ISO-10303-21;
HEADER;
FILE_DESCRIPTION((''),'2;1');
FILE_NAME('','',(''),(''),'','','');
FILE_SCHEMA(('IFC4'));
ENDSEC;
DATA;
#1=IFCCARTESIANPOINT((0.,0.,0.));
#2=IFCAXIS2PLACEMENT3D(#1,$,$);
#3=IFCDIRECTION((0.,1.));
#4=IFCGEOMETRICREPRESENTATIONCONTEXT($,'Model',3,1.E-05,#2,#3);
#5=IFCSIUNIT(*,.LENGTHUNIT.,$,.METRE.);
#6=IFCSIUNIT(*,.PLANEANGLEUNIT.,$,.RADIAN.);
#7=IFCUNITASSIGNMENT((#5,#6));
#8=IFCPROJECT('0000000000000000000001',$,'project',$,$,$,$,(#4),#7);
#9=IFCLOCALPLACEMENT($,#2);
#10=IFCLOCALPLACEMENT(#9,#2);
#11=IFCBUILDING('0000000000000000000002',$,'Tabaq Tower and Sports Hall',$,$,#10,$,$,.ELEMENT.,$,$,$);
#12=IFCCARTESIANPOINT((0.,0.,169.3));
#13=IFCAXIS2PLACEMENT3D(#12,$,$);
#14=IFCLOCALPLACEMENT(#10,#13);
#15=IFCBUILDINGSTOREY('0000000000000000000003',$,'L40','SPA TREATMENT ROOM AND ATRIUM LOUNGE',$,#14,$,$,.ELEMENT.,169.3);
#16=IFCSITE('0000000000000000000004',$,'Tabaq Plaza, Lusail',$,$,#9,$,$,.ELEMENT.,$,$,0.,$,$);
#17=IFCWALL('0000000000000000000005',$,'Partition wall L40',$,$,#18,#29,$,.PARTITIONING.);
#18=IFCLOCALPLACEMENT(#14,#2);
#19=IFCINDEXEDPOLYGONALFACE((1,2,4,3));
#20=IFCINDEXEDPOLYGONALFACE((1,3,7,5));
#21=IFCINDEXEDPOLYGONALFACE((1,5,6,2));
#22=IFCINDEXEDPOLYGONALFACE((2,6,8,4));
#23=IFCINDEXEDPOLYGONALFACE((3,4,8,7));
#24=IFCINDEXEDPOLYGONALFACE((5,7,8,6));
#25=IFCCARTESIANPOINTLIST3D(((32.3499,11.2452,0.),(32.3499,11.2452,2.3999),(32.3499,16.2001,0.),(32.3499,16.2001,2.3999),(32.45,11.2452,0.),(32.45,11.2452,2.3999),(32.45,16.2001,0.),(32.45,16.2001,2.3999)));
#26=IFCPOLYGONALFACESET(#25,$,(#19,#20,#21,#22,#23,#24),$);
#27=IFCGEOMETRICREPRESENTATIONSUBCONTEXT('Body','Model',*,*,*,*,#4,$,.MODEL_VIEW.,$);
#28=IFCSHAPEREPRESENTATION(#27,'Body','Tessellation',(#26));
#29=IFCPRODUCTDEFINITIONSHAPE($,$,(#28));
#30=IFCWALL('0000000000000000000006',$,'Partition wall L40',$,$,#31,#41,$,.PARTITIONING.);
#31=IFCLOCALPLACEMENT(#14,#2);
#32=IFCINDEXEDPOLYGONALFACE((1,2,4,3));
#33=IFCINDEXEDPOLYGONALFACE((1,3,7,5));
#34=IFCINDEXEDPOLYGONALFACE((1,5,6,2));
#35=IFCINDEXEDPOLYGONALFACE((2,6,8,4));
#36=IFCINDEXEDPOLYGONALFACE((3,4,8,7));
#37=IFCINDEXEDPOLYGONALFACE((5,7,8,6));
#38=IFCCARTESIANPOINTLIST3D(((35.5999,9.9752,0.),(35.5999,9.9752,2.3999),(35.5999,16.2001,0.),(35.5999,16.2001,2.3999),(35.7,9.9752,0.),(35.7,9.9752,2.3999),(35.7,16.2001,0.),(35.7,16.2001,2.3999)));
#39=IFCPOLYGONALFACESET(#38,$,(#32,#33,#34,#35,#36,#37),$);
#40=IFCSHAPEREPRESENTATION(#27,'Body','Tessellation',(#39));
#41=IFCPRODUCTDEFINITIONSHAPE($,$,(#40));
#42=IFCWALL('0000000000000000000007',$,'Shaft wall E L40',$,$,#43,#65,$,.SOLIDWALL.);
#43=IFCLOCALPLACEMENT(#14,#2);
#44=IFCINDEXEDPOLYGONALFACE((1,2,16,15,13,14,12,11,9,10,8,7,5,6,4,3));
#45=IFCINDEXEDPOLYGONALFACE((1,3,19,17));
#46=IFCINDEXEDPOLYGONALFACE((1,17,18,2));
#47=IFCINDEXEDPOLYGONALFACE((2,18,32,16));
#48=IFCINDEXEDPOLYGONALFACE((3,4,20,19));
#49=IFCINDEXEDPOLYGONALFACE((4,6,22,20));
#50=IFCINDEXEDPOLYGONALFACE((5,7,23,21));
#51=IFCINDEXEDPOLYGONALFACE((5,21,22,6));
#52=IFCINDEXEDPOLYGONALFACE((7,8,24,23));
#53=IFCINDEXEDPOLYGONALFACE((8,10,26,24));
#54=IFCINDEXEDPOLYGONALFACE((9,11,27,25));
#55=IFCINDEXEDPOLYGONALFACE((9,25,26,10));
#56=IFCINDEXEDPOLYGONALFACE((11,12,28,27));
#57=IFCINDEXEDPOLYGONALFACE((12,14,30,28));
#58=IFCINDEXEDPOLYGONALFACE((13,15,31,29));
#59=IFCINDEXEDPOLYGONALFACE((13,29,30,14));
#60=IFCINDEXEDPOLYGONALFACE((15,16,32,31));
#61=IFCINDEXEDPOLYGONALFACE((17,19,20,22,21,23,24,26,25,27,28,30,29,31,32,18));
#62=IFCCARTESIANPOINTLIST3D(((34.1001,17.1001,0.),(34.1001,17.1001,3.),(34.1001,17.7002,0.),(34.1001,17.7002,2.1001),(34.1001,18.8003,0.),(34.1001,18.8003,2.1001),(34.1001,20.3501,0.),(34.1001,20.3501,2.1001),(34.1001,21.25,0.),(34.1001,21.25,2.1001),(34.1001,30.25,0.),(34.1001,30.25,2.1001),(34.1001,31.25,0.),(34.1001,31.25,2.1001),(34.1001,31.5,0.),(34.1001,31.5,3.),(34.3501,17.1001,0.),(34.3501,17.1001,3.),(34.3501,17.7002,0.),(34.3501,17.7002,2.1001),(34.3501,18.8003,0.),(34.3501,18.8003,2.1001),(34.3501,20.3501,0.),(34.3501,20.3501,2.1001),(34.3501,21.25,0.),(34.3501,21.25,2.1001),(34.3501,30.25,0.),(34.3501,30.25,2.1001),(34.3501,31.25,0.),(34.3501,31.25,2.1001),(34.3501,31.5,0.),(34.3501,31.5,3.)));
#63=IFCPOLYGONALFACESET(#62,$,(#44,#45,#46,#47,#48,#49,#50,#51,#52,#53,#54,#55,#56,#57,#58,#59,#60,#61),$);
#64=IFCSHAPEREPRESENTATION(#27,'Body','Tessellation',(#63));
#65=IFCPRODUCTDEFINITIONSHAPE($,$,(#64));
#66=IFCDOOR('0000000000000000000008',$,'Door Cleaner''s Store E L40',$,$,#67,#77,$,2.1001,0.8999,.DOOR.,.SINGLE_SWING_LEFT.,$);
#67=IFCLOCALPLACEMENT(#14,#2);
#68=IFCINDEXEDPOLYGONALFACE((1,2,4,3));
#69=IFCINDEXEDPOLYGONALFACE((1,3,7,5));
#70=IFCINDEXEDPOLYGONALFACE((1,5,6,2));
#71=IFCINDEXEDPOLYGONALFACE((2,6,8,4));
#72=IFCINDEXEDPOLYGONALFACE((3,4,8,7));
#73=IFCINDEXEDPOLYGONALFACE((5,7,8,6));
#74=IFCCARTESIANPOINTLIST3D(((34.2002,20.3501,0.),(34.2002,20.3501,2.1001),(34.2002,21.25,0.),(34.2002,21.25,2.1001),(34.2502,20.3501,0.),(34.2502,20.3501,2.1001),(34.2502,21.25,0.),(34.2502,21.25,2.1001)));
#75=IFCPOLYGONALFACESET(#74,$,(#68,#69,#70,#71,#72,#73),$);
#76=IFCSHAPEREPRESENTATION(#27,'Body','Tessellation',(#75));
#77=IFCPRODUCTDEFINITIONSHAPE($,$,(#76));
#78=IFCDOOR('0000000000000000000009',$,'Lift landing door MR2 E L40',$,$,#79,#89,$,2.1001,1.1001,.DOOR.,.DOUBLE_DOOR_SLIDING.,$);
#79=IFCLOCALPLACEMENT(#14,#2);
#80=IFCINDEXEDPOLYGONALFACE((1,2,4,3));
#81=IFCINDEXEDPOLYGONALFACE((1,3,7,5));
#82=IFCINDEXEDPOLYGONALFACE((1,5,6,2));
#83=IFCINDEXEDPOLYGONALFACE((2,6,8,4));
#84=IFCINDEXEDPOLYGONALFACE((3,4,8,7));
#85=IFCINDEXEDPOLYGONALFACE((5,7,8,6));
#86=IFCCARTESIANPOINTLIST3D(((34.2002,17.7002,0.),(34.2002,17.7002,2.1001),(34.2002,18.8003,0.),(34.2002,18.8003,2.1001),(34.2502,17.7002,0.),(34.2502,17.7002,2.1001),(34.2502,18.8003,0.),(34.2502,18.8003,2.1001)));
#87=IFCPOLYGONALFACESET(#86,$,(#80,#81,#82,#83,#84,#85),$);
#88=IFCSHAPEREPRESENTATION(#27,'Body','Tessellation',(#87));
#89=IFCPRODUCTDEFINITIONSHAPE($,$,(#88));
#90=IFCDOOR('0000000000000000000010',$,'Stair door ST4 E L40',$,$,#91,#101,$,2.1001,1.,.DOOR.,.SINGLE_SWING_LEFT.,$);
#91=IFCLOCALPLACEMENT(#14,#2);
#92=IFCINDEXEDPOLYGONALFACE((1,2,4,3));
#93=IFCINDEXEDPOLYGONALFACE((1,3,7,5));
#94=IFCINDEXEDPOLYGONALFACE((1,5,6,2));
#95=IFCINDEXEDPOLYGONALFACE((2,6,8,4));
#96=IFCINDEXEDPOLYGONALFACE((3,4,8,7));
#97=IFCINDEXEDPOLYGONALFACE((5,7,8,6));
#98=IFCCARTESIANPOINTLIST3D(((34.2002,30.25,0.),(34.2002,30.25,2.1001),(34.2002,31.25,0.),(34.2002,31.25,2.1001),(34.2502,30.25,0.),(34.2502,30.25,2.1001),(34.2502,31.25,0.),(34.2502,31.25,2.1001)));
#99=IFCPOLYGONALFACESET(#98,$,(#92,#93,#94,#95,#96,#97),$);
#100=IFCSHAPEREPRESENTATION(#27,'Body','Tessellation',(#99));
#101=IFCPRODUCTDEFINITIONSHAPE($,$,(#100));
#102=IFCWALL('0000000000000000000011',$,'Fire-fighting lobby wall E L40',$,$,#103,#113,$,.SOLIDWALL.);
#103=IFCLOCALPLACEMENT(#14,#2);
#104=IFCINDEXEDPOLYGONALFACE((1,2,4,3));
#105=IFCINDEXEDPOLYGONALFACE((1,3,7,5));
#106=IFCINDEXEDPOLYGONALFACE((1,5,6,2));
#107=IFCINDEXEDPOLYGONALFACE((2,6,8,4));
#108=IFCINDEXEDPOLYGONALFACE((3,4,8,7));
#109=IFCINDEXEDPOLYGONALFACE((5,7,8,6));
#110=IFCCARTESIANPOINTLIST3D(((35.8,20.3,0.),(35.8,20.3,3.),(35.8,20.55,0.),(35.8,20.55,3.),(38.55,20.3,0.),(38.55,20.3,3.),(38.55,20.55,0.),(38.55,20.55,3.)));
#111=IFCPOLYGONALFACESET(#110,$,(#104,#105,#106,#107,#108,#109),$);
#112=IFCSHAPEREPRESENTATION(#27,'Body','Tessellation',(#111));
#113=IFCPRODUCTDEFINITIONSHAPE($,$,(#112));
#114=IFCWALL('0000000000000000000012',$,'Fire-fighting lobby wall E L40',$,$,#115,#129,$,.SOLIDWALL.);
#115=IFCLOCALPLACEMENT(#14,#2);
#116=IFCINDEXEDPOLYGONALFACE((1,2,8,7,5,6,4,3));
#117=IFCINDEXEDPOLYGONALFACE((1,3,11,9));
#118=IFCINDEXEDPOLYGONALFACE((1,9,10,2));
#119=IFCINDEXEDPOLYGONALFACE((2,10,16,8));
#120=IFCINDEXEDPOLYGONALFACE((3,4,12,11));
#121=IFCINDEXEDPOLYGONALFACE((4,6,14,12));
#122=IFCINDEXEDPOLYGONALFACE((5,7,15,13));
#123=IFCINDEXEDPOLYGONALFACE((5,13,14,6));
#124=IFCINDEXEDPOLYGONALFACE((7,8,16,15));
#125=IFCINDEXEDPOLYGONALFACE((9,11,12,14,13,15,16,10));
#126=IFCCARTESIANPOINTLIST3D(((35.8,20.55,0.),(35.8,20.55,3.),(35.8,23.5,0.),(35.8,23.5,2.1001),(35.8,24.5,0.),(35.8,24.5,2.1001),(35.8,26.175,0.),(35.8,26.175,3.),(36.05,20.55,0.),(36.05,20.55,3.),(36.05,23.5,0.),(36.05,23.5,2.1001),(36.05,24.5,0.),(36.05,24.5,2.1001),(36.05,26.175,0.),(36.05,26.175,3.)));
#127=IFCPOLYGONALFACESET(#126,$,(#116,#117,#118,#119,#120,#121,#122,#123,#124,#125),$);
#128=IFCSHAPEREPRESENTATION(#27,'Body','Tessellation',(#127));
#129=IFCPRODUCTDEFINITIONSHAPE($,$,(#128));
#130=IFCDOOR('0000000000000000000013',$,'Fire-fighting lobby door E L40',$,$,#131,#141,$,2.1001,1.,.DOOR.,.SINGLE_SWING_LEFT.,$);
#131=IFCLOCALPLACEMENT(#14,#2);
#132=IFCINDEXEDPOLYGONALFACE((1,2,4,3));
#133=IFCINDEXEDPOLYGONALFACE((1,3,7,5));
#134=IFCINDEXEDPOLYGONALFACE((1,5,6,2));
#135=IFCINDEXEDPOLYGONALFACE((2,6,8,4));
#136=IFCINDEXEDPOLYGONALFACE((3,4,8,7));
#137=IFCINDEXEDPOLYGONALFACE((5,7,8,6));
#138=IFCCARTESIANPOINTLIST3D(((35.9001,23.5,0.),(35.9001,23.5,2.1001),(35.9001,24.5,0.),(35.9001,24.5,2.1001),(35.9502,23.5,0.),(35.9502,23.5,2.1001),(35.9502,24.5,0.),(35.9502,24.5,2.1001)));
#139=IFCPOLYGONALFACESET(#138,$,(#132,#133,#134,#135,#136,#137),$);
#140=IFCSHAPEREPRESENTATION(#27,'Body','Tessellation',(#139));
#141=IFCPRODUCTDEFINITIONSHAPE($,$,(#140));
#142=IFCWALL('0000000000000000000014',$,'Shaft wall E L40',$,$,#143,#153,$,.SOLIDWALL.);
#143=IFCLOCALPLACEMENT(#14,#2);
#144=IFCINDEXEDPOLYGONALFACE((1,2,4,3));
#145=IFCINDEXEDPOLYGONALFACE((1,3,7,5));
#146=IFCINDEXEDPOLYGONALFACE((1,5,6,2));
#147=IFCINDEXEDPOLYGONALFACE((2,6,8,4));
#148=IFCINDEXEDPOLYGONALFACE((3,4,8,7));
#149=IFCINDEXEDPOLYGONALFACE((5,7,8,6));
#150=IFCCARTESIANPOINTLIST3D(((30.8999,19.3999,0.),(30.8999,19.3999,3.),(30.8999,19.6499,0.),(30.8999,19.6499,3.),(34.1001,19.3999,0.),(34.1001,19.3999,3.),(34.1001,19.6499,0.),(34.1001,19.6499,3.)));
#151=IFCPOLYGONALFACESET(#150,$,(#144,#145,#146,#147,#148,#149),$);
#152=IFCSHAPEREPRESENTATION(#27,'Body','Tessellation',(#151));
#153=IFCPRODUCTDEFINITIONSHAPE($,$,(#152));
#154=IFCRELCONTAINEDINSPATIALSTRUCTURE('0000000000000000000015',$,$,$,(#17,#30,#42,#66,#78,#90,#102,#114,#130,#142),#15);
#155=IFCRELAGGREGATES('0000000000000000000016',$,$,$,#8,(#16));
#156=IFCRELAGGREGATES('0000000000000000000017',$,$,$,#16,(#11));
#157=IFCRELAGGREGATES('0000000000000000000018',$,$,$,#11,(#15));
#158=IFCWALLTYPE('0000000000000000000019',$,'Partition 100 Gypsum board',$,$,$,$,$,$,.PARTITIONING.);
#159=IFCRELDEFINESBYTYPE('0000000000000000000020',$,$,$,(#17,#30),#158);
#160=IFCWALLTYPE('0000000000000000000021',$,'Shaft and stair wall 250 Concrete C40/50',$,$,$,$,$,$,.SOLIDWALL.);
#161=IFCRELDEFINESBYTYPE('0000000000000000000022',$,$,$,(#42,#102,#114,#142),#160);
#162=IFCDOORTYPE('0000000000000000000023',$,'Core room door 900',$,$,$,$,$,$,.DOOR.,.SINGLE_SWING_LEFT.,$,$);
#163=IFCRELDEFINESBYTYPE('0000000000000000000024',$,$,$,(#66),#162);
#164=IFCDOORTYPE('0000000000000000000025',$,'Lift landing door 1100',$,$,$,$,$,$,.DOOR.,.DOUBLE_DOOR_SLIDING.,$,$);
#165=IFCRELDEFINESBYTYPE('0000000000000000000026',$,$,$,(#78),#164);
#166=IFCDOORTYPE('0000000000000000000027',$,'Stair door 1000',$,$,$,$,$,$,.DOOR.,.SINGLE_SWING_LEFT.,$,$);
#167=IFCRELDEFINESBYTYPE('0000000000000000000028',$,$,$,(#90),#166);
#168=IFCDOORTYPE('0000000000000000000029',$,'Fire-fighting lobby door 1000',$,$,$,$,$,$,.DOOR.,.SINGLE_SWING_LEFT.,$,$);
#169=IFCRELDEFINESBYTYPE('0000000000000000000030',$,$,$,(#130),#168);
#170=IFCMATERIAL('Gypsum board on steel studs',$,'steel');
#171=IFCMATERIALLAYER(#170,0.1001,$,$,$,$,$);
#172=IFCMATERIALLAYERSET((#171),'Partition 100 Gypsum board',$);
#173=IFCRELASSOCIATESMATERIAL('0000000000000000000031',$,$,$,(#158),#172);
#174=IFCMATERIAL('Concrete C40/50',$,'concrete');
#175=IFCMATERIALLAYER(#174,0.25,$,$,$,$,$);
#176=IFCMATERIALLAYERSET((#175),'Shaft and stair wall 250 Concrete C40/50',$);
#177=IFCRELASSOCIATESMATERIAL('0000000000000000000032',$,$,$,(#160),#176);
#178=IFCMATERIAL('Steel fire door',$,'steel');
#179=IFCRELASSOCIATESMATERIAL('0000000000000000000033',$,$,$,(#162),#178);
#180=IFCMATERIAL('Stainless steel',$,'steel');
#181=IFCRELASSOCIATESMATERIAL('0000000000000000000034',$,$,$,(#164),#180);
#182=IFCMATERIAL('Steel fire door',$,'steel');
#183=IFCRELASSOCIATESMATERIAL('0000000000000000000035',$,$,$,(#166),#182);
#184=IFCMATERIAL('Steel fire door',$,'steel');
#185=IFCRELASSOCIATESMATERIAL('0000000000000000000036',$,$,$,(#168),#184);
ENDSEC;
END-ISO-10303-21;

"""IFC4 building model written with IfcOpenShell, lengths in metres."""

from ifc_helpers import new_model, si_unit, direction, frame, frame_2d, origin, place, context, subcontext, project, spatial, rectangle, extrude, material, layer, layer_set, type_object, element, fill, save


model = new_model("IFC4")

# Units and contexts
model_context = context("Model", 3, precision=1e-05, world=origin(), true_north=direction((0.0, 1.0)))
body_context = subcontext(model_context, "Body", "Model", "MODEL_VIEW")
ifc_project = project(units=[si_unit("LENGTHUNIT", "METRE"), si_unit("PLANEANGLEUNIT", "RADIAN")], contexts=[model_context])

# Site, building, storey
site_placement = place(None, origin())
site = spatial("IfcSite", under=ifc_project, at=site_placement, Name="Tabaq Plaza, Lusail", CompositionType="ELEMENT", RefElevation=0.0)
building_placement = place(site_placement, origin())
building = spatial("IfcBuilding", under=site, at=building_placement, Name="Tabaq Tower and Sports Hall", CompositionType="ELEMENT")
storey_placement = place(building_placement, frame((0.0, 0.0, 169.3)))
storey = spatial("IfcBuildingStorey", under=building, at=storey_placement, Name="L40", Description="SPA TREATMENT ROOM AND ATRIUM LOUNGE", CompositionType="ELEMENT", Elevation=169.3)

# Walls
ifc_material_1 = material(Name="Gypsum board on steel studs", Category="steel")
ifc_layer_1 = layer(ifc_material_1, 0.1001)
ifc_layer_set_1 = layer_set([ifc_layer_1], Name="Partition 100 Gypsum board")
wall_type_1 = type_object("IfcWallType", Name="Partition 100 Gypsum board", PredefinedType="PARTITIONING", material=ifc_layer_set_1)
wall_1_placement = place(storey_placement, frame((32.3999, 11.2451, 0.0), z_axis=(0.0, 0.0, 1.0), x_axis=(0.0, 1.0, 0.0)))
element("IfcWall", 1, at=wall_1_placement, inside=storey, type_object=wall_type_1, Name="Partition wall L40", PredefinedType="PARTITIONING", context=body_context, shape_type="SweptSolid", body=[
    extrude(rectangle(XDim=4.9548, YDim=0.1001, at=frame_2d((2.4775, 0.0))), origin(), (0.0, 0.0, 1.0), 2.3999),
])
wall_2_placement = place(storey_placement, frame((35.6499, 16.2, 0.0), z_axis=(0.0, 0.0, 1.0), x_axis=(0.0, -1.0, 0.0)))
element("IfcWall", 2, at=wall_2_placement, inside=storey, type_object=wall_type_1, Name="Partition wall L40", PredefinedType="PARTITIONING", context=body_context, shape_type="SweptSolid", body=[
    extrude(rectangle(XDim=6.2249, YDim=0.1001, at=frame_2d((3.1123, 0.0))), origin(), (0.0, 0.0, 1.0), 2.3999),
])

# Wall, openings, doors
ifc_material_2 = material(Name="Concrete C40/50", Category="concrete")
ifc_layer_2 = layer(ifc_material_2, 0.25)
ifc_layer_set_2 = layer_set([ifc_layer_2], Name="Shaft and stair wall 250 Concrete C40/50")
wall_type_2 = type_object("IfcWallType", Name="Shaft and stair wall 250 Concrete C40/50", PredefinedType="SOLIDWALL", material=ifc_layer_set_2)
wall_3_placement = place(storey_placement, frame((34.2251, 17.1001, 0.0), z_axis=(0.0, 0.0, 1.0), x_axis=(0.0, 1.0, 0.0)))
wall_3 = element("IfcWall", 3, at=wall_3_placement, inside=storey, type_object=wall_type_2, Name="Shaft wall E L40", PredefinedType="SOLIDWALL", context=body_context, shape_type="SweptSolid", body=[
    extrude(rectangle(XDim=14.3999, YDim=0.25, at=frame_2d((7.2, 0.0))), origin(), (0.0, 0.0, 1.0), 3.0),
])
opening_1_placement = place(wall_3_placement, frame((13.1499, 0.0, 0.0)))
opening_1 = element("IfcOpeningElement", 4, at=opening_1_placement, cuts=wall_3, PredefinedType="OPENING", context=body_context, shape_type="SweptSolid", body=[
    extrude(rectangle(XDim=1.0, YDim=2.1001, at=frame_2d((0.5, 1.05))), frame((0.0, 0.125, 0.0), z_axis=(0.0, -1.0, 0.0), x_axis=(1.0, 0.0, 0.0)), (0.0, 0.0, 1.0), 0.25),
])
opening_2_placement = place(wall_3_placement, frame((0.6001, 0.0, 0.0)))
opening_2 = element("IfcOpeningElement", 5, at=opening_2_placement, cuts=wall_3, PredefinedType="OPENING", context=body_context, shape_type="SweptSolid", body=[
    extrude(rectangle(XDim=1.1001, YDim=2.1001, at=frame_2d((0.55, 1.05))), frame((0.0, 0.125, 0.0), z_axis=(0.0, -1.0, 0.0), x_axis=(1.0, 0.0, 0.0)), (0.0, 0.0, 1.0), 0.25),
])
opening_3_placement = place(wall_3_placement, frame((3.25, 0.0, 0.0)))
opening_3 = element("IfcOpeningElement", 6, at=opening_3_placement, cuts=wall_3, PredefinedType="OPENING", context=body_context, shape_type="SweptSolid", body=[
    extrude(rectangle(XDim=0.8999, YDim=2.1001, at=frame_2d((0.45, 1.05))), frame((0.0, 0.125, 0.0), z_axis=(0.0, -1.0, 0.0), x_axis=(1.0, 0.0, 0.0)), (0.0, 0.0, 1.0), 0.25),
])
ifc_material_3 = material(Name="Steel fire door", Category="steel")
door_type_1 = type_object("IfcDoorType", Name="Core room door 900", OperationType="SINGLE_SWING_LEFT", PredefinedType="DOOR", material=ifc_material_3)
door_1_placement = place(opening_3_placement, origin())
door_1 = element("IfcDoor", 7, at=door_1_placement, inside=storey, type_object=door_type_1, Name="Door Cleaner's Store E L40", OperationType="SINGLE_SWING_LEFT", OverallHeight=2.1001, OverallWidth=0.8999, PredefinedType="DOOR", context=body_context, shape_type="SweptSolid", body=[
    extrude(rectangle(XDim=0.8999, YDim=2.1001, at=frame_2d((0.45, 1.05))), frame((0.0, 0.0249, 0.0), z_axis=(0.0, -1.0, 0.0), x_axis=(1.0, 0.0, 0.0)), (0.0, 0.0, 1.0), 0.05),
])
fill(opening_3, door_1)
ifc_material_4 = material(Name="Stainless steel", Category="steel")
door_type_2 = type_object("IfcDoorType", Name="Lift landing door 1100", OperationType="DOUBLE_DOOR_SLIDING", PredefinedType="DOOR", material=ifc_material_4)
door_2_placement = place(opening_2_placement, origin())
door_2 = element("IfcDoor", 8, at=door_2_placement, inside=storey, type_object=door_type_2, Name="Lift landing door MR2 E L40", OperationType="DOUBLE_DOOR_SLIDING", OverallHeight=2.1001, OverallWidth=1.1001, PredefinedType="DOOR", context=body_context, shape_type="SweptSolid", body=[
    extrude(rectangle(XDim=1.1001, YDim=2.1001, at=frame_2d((0.55, 1.05))), frame((0.0, 0.0249, 0.0), z_axis=(0.0, -1.0, 0.0), x_axis=(1.0, 0.0, 0.0)), (0.0, 0.0, 1.0), 0.05),
])
fill(opening_2, door_2)
ifc_material_5 = material(Name="Steel fire door", Category="steel")
door_type_3 = type_object("IfcDoorType", Name="Stair door 1000", OperationType="SINGLE_SWING_LEFT", PredefinedType="DOOR", material=ifc_material_5)
door_3_placement = place(opening_1_placement, origin())
door_3 = element("IfcDoor", 9, at=door_3_placement, inside=storey, type_object=door_type_3, Name="Stair door ST4 E L40", OperationType="SINGLE_SWING_LEFT", OverallHeight=2.1001, OverallWidth=1.0, PredefinedType="DOOR", context=body_context, shape_type="SweptSolid", body=[
    extrude(rectangle(XDim=1.0, YDim=2.1001, at=frame_2d((0.5, 1.05))), frame((0.0, 0.0249, 0.0), z_axis=(0.0, -1.0, 0.0), x_axis=(1.0, 0.0, 0.0)), (0.0, 0.0, 1.0), 0.05),
])
fill(opening_1, door_3)

# Wall
wall_4_placement = place(storey_placement, frame((35.8, 20.425, 0.0), z_axis=(0.0, 0.0, 1.0), x_axis=(1.0, 0.0, 0.0)))
element("IfcWall", 10, at=wall_4_placement, inside=storey, type_object=wall_type_2, Name="Fire-fighting lobby wall E L40", PredefinedType="SOLIDWALL", context=body_context, shape_type="SweptSolid", body=[
    extrude(rectangle(XDim=2.75, YDim=0.25, at=frame_2d((1.375, 0.0))), origin(), (0.0, 0.0, 1.0), 3.0),
])

# Wall, opening, door
wall_5_placement = place(storey_placement, frame((35.925, 20.55, 0.0), z_axis=(0.0, 0.0, 1.0), x_axis=(0.0, 1.0, 0.0)))
wall_5 = element("IfcWall", 11, at=wall_5_placement, inside=storey, type_object=wall_type_2, Name="Fire-fighting lobby wall E L40", PredefinedType="SOLIDWALL", context=body_context, shape_type="SweptSolid", body=[
    extrude(rectangle(XDim=5.625, YDim=0.25, at=frame_2d((2.8125, 0.0))), origin(), (0.0, 0.0, 1.0), 3.0),
])
opening_4_placement = place(wall_5_placement, frame((2.95, 0.0, 0.0)))
opening_4 = element("IfcOpeningElement", 12, at=opening_4_placement, cuts=wall_5, PredefinedType="OPENING", context=body_context, shape_type="SweptSolid", body=[
    extrude(rectangle(XDim=1.0, YDim=2.1001, at=frame_2d((0.5, 1.05))), frame((0.0, 0.125, 0.0), z_axis=(0.0, -1.0, 0.0), x_axis=(1.0, 0.0, 0.0)), (0.0, 0.0, 1.0), 0.25),
])
ifc_material_6 = material(Name="Steel fire door", Category="steel")
door_type_4 = type_object("IfcDoorType", Name="Fire-fighting lobby door 1000", OperationType="SINGLE_SWING_LEFT", PredefinedType="DOOR", material=ifc_material_6)
door_4_placement = place(opening_4_placement, origin())
door_4 = element("IfcDoor", 13, at=door_4_placement, inside=storey, type_object=door_type_4, Name="Fire-fighting lobby door E L40", OperationType="SINGLE_SWING_LEFT", OverallHeight=2.1001, OverallWidth=1.0, PredefinedType="DOOR", context=body_context, shape_type="SweptSolid", body=[
    extrude(rectangle(XDim=1.0, YDim=2.1001, at=frame_2d((0.5, 1.05))), frame((0.0, 0.0249, 0.0), z_axis=(0.0, -1.0, 0.0), x_axis=(1.0, 0.0, 0.0)), (0.0, 0.0, 1.0), 0.05),
])
fill(opening_4, door_4)

# Wall
wall_6_placement = place(storey_placement, frame((30.8999, 19.5249, 0.0), z_axis=(0.0, 0.0, 1.0), x_axis=(1.0, 0.0, 0.0)))
element("IfcWall", 14, at=wall_6_placement, inside=storey, type_object=wall_type_2, Name="Shaft wall E L40", PredefinedType="SOLIDWALL", context=body_context, shape_type="SweptSolid", body=[
    extrude(rectangle(XDim=3.2002, YDim=0.25, at=frame_2d((1.6001, 0.0))), origin(), (0.0, 0.0, 1.0), 3.0),
])

save(model, "model.ifc")
